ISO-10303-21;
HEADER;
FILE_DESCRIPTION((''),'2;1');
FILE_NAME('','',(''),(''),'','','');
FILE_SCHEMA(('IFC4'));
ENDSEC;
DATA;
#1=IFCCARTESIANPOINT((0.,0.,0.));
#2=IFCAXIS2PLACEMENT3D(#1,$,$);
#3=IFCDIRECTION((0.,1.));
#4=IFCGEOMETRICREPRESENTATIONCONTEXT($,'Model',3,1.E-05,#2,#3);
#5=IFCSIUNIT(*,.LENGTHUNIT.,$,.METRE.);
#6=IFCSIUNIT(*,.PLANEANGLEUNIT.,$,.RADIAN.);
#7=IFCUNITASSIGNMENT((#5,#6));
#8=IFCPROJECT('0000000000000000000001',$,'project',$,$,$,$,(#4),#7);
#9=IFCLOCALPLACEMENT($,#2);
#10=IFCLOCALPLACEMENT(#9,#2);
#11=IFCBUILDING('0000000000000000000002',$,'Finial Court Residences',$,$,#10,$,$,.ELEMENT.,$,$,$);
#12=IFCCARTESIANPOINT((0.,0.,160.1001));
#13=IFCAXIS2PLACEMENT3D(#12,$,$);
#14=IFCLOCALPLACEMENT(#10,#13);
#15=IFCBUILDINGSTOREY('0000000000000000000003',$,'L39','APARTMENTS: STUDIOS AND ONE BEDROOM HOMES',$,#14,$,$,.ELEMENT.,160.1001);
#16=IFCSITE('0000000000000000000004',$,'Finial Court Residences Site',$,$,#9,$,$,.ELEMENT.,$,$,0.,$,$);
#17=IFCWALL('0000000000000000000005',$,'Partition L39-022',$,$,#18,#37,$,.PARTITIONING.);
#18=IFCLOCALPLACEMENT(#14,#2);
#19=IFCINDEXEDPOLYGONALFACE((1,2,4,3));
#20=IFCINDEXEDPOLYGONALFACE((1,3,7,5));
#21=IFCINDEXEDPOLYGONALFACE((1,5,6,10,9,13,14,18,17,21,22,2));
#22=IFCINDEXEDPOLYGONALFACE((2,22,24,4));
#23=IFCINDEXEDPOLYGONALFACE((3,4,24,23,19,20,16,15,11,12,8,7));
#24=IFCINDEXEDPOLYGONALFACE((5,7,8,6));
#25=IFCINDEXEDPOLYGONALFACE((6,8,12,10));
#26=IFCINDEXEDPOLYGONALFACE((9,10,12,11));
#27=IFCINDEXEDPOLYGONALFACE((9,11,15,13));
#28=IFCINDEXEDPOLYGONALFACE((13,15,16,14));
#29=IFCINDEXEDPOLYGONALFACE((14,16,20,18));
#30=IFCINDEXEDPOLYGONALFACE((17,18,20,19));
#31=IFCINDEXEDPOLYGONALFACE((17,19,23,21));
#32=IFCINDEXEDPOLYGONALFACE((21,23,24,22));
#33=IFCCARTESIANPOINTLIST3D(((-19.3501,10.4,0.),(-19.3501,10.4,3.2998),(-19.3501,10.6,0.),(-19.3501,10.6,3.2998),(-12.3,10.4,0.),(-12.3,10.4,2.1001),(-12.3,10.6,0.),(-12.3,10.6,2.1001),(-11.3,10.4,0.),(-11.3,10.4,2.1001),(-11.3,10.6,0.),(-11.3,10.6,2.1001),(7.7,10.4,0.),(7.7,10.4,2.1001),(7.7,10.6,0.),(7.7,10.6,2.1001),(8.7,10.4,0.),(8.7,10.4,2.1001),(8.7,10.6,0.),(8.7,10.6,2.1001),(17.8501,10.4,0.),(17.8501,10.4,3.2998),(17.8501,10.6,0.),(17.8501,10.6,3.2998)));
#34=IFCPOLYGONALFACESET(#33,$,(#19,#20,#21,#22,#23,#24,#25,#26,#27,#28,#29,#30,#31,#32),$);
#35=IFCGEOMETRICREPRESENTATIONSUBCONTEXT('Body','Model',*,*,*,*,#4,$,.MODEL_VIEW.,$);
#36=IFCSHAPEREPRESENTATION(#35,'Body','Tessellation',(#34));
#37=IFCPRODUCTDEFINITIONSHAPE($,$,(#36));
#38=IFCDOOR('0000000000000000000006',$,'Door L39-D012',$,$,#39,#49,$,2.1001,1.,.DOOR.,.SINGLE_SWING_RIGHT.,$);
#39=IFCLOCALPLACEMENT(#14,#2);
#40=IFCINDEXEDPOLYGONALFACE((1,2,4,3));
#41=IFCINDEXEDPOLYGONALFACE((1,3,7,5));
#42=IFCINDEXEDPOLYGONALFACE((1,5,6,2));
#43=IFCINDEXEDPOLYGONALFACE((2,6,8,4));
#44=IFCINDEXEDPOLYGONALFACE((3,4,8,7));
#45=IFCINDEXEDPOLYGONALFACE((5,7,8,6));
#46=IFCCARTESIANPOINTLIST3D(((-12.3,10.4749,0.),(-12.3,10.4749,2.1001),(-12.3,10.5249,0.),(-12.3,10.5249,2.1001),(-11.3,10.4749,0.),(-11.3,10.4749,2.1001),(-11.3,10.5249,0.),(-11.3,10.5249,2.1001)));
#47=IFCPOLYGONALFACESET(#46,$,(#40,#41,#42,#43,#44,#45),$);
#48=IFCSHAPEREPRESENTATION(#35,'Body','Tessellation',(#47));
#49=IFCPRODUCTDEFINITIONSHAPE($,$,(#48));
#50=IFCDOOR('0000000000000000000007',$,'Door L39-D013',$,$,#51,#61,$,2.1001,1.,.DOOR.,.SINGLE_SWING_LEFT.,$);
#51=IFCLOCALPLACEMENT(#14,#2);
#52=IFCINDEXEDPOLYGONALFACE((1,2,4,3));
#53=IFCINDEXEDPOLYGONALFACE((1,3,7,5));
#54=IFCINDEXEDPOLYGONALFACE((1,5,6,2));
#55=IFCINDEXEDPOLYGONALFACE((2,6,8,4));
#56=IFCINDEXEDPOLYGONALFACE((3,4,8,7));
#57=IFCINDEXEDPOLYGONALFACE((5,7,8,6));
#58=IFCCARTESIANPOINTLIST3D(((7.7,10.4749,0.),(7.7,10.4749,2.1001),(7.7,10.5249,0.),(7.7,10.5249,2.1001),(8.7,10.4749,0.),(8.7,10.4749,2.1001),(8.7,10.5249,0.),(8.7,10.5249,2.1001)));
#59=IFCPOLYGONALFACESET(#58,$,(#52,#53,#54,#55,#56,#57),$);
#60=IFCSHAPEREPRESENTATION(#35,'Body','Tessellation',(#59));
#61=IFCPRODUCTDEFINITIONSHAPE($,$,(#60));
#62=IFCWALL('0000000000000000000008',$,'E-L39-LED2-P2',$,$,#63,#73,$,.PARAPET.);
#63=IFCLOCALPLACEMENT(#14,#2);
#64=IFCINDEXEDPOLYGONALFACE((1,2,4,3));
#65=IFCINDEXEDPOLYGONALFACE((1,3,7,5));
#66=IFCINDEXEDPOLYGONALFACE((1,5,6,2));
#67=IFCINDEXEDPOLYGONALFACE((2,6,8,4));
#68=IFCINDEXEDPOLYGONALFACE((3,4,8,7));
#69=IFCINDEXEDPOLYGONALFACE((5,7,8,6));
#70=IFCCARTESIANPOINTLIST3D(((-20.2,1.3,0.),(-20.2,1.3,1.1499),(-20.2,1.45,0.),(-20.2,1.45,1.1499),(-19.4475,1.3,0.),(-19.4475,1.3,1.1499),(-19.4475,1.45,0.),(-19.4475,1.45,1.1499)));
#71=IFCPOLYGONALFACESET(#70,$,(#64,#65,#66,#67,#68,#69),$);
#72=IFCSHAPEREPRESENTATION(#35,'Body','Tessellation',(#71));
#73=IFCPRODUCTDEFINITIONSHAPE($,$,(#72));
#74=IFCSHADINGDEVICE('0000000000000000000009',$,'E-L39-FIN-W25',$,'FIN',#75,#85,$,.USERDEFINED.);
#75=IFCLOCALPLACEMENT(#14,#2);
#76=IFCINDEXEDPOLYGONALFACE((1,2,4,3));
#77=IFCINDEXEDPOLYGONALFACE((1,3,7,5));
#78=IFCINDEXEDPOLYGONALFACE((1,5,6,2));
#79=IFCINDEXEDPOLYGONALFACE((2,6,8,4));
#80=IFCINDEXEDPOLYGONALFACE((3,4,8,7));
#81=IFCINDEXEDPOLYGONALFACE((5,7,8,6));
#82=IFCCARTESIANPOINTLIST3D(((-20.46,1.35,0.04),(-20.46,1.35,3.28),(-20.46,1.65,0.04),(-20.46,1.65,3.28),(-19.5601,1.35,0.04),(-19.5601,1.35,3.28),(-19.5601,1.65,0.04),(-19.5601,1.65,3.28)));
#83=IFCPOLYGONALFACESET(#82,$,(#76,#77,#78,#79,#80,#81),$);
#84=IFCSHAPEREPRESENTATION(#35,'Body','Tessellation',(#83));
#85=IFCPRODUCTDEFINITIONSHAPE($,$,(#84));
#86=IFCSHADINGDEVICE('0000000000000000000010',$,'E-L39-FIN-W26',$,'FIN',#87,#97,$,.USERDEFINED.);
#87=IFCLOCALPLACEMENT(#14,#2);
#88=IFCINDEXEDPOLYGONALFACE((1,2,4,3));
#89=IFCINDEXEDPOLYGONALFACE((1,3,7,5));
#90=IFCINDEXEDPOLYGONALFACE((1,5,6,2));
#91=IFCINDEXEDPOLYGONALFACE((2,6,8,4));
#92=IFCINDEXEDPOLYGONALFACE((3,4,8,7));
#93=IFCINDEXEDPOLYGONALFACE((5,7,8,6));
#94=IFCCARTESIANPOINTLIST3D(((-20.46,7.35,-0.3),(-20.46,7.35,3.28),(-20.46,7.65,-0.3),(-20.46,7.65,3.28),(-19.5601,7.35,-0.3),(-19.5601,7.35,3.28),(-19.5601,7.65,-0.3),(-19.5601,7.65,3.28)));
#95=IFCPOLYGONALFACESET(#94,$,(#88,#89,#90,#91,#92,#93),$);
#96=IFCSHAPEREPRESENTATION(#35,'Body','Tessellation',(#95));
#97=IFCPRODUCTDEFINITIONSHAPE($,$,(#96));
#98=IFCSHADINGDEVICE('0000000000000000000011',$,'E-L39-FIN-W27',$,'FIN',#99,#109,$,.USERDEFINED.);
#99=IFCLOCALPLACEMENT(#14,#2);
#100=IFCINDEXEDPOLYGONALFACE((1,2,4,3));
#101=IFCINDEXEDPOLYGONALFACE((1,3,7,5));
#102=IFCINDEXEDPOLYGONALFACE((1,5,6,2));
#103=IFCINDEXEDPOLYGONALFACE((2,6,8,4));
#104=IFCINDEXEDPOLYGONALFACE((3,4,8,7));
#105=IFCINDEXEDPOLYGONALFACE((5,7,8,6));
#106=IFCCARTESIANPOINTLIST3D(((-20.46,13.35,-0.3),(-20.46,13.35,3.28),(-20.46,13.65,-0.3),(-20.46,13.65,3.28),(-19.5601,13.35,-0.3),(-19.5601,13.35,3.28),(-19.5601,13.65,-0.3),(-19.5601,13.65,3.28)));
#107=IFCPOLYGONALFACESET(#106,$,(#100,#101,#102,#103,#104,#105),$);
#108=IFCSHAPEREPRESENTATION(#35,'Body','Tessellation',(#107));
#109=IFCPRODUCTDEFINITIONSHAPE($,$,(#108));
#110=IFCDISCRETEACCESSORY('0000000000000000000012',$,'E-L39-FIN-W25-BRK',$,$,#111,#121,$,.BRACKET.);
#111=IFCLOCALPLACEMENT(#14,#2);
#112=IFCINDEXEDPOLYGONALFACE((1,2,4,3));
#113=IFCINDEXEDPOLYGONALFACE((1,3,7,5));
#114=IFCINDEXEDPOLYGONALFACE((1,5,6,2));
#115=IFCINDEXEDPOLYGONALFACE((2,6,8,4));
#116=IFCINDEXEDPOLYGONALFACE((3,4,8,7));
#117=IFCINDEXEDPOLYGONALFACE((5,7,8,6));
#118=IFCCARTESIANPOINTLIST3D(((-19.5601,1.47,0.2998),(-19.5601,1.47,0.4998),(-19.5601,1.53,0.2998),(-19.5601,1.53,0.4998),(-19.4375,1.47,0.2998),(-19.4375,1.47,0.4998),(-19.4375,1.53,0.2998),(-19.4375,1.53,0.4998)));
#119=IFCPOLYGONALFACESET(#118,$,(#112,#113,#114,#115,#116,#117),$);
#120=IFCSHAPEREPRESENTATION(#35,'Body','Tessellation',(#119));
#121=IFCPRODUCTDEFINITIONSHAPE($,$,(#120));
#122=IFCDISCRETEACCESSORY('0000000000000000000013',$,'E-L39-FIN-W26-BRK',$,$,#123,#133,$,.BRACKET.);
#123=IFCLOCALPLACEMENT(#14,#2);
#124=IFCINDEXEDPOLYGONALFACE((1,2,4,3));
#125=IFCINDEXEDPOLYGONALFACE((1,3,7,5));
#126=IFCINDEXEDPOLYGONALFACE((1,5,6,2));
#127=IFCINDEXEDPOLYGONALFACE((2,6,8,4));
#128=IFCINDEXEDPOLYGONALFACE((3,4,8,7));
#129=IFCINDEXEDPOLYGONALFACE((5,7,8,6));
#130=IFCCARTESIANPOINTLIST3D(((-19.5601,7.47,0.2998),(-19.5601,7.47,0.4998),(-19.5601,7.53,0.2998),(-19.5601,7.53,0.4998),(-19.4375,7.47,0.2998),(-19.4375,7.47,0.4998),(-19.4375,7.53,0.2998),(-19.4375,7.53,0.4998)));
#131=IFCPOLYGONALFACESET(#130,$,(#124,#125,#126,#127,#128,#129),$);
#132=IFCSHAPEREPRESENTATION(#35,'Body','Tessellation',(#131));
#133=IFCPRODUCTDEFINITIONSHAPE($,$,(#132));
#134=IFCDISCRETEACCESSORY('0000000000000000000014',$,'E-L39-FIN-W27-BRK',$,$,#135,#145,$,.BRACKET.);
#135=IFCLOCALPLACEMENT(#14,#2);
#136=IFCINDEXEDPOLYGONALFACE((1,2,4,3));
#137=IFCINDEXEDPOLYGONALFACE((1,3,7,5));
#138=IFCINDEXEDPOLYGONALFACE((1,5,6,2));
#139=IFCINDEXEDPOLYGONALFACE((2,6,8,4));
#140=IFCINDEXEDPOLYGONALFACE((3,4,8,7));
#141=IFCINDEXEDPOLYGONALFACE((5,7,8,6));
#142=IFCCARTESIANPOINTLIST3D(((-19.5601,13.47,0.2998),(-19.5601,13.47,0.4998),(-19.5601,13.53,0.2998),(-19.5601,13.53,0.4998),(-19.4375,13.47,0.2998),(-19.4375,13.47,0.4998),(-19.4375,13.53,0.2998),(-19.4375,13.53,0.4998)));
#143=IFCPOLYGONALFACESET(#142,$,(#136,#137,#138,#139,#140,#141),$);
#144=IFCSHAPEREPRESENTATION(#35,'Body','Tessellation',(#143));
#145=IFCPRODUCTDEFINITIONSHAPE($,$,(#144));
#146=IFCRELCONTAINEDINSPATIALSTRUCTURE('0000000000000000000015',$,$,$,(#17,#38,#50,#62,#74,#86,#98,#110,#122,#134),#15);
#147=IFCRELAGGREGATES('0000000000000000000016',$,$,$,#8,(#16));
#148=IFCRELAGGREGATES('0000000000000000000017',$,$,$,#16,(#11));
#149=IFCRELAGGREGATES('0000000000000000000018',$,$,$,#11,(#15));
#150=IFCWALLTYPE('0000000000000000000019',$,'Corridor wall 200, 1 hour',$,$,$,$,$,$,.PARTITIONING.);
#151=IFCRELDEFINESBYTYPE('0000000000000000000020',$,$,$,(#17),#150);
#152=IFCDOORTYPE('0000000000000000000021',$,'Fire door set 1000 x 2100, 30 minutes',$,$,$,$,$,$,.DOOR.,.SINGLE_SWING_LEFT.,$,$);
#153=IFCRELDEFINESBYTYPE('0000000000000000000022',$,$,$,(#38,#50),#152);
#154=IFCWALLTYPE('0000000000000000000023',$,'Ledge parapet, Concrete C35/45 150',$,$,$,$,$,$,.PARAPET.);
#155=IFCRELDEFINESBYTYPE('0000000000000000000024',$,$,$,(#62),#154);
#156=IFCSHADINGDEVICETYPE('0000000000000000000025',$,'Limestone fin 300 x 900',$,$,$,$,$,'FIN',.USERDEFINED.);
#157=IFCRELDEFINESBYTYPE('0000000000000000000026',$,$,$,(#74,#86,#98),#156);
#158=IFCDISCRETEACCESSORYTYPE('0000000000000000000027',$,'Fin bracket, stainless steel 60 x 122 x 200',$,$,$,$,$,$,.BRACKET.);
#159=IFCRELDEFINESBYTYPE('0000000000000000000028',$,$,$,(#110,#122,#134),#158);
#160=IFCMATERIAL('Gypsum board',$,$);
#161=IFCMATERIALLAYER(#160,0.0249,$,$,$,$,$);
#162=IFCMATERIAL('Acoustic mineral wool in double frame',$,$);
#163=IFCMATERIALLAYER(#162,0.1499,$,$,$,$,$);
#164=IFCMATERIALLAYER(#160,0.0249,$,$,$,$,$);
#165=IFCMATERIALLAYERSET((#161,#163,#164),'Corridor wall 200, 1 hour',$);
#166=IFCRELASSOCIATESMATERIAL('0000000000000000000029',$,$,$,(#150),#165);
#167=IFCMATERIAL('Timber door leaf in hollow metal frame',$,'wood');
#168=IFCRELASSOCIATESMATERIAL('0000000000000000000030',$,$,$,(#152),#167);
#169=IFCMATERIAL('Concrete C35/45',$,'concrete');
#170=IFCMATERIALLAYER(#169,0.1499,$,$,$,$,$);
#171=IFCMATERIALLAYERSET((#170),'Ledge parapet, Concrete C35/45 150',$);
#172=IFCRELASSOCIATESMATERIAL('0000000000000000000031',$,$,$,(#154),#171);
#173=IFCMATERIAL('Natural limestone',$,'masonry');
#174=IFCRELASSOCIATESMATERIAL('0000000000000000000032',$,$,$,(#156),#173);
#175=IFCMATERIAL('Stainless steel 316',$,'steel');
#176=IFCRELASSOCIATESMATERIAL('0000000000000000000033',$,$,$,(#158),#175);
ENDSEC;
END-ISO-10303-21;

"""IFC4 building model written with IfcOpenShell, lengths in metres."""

from ifc_helpers import new_model, si_unit, direction, frame, frame_2d, origin, origin_2d, place, context, subcontext, project, spatial, rectangle, extrude, material, layer, layer_set, type_object, element, fill, save


model = new_model("IFC4")

# Units and contexts
model_context = context("Model", 3, precision=1e-05, world=origin(), true_north=direction((0.0, 1.0)))
body_context = subcontext(model_context, "Body", "Model", "MODEL_VIEW")
ifc_project = project(units=[si_unit("LENGTHUNIT", "METRE"), si_unit("PLANEANGLEUNIT", "RADIAN")], contexts=[model_context])

# Site, building, storey
site_placement = place(None, origin())
site = spatial("IfcSite", under=ifc_project, at=site_placement, Name="Finial Court Residences Site", CompositionType="ELEMENT", RefElevation=0.0)
building_placement = place(site_placement, origin())
building = spatial("IfcBuilding", under=site, at=building_placement, Name="Finial Court Residences", CompositionType="ELEMENT")
storey_placement = place(building_placement, frame((0.0, 0.0, 160.1001)))
storey = spatial("IfcBuildingStorey", under=building, at=storey_placement, Name="L39", Description="APARTMENTS: STUDIOS AND ONE BEDROOM HOMES", CompositionType="ELEMENT", Elevation=160.1001)

# Shared definitions
ifc_material_1 = material(Name="Gypsum board")
ifc_material_2 = material(Name="Acoustic mineral wool in double frame")

# Wall, openings, doors
ifc_layer_1 = layer(ifc_material_1, 0.0249)
ifc_layer_2 = layer(ifc_material_2, 0.1499)
ifc_layer_3 = layer(ifc_material_1, 0.0249)
ifc_layer_set_1 = layer_set([ifc_layer_1, ifc_layer_2, ifc_layer_3], Name="Corridor wall 200, 1 hour")
wall_type_1 = type_object("IfcWallType", Name="Corridor wall 200, 1 hour", PredefinedType="PARTITIONING", material=ifc_layer_set_1)
wall_1_placement = place(storey_placement, frame((-19.3501, 10.5, 0.0), z_axis=(0.0, 0.0, 1.0), x_axis=(1.0, 0.0, 0.0)))
wall_1 = element("IfcWall", 1, at=wall_1_placement, inside=storey, type_object=wall_type_1, Name="Partition L39-022", PredefinedType="PARTITIONING", context=body_context, shape_type="SweptSolid", body=[
    extrude(rectangle(XDim=37.2002, YDim=0.2, at=frame_2d((18.6001, 0.0))), origin(), (0.0, 0.0, 1.0), 3.2998),
])
opening_1_placement = place(wall_1_placement, frame((7.05, 0.0, 0.0)))
opening_1 = element("IfcOpeningElement", 2, at=opening_1_placement, cuts=wall_1, PredefinedType="OPENING", context=body_context, shape_type="SweptSolid", body=[
    extrude(rectangle(XDim=1.0, YDim=2.1001, at=frame_2d((0.5, 1.05))), frame((0.0, 0.1099, 0.0), z_axis=(0.0, -1.0, 0.0), x_axis=(1.0, 0.0, 0.0)), (0.0, 0.0, 1.0), 0.22),
])
opening_2_placement = place(wall_1_placement, frame((27.05, 0.0, 0.0)))
opening_2 = element("IfcOpeningElement", 3, at=opening_2_placement, cuts=wall_1, PredefinedType="OPENING", context=body_context, shape_type="SweptSolid", body=[
    extrude(rectangle(XDim=1.0, YDim=2.1001, at=frame_2d((0.5, 1.05))), frame((0.0, 0.1099, 0.0), z_axis=(0.0, -1.0, 0.0), x_axis=(1.0, 0.0, 0.0)), (0.0, 0.0, 1.0), 0.22),
])
ifc_material_3 = material(Name="Timber door leaf in hollow metal frame", Category="wood")
door_type = type_object("IfcDoorType", Name="Fire door set 1000 x 2100, 30 minutes", OperationType="SINGLE_SWING_LEFT", PredefinedType="DOOR", material=ifc_material_3)
door_1_placement = place(opening_1_placement, origin())
door_1 = element("IfcDoor", 4, at=door_1_placement, inside=storey, type_object=door_type, Name="Door L39-D012", OperationType="SINGLE_SWING_RIGHT", OverallHeight=2.1001, OverallWidth=1.0, PredefinedType="DOOR", context=body_context, shape_type="SweptSolid", body=[
    extrude(rectangle(XDim=1.0, YDim=2.1001, at=frame_2d((0.5, 1.05))), frame((0.0, 0.0249, 0.0), z_axis=(0.0, -1.0, 0.0), x_axis=(1.0, 0.0, 0.0)), (0.0, 0.0, 1.0), 0.05),
])
fill(opening_1, door_1)
door_2_placement = place(opening_2_placement, origin())
door_2 = element("IfcDoor", 5, at=door_2_placement, inside=storey, type_object=door_type, Name="Door L39-D013", OperationType="SINGLE_SWING_LEFT", OverallHeight=2.1001, OverallWidth=1.0, PredefinedType="DOOR", context=body_context, shape_type="SweptSolid", body=[
    extrude(rectangle(XDim=1.0, YDim=2.1001, at=frame_2d((0.5, 1.05))), frame((0.0, 0.0249, 0.0), z_axis=(0.0, -1.0, 0.0), x_axis=(1.0, 0.0, 0.0)), (0.0, 0.0, 1.0), 0.05),
])
fill(opening_2, door_2)

# Wall
ifc_material_4 = material(Name="Concrete C35/45", Category="concrete")
ifc_layer_4 = layer(ifc_material_4, 0.1499)
ifc_layer_set_2 = layer_set([ifc_layer_4], Name="Ledge parapet, Concrete C35/45 150")
wall_type_2 = type_object("IfcWallType", Name="Ledge parapet, Concrete C35/45 150", PredefinedType="PARAPET", material=ifc_layer_set_2)
wall_2_placement = place(storey_placement, frame((-20.2, 1.375, 0.0), z_axis=(0.0, 0.0, 1.0), x_axis=(1.0, 0.0, 0.0)))
element("IfcWall", 6, at=wall_2_placement, inside=storey, type_object=wall_type_2, Name="E-L39-LED2-P2", PredefinedType="PARAPET", context=body_context, shape_type="SweptSolid", body=[
    extrude(rectangle(XDim=0.7524, YDim=0.1499, at=frame_2d((0.3762, 0.0))), origin(), (0.0, 0.0, 1.0), 1.1499),
])

# Shading devices
ifc_material_5 = material(Name="Natural limestone", Category="masonry")
shading_device_type = type_object("IfcShadingDeviceType", Name="Limestone fin 300 x 900", ElementType="FIN", PredefinedType="USERDEFINED", material=ifc_material_5)
shading_device_placement = place(storey_placement, frame((-20.01, 1.5, 0.04), z_axis=(0.0, 0.0, 1.0), x_axis=(1.0, 0.0, 0.0)))
element("IfcShadingDevice", 7, at=shading_device_placement, inside=storey, type_object=shading_device_type, Name="E-L39-FIN-W25", ObjectType="FIN", PredefinedType="USERDEFINED", context=body_context, shape_type="SweptSolid", body=[
    extrude(rectangle(XDim=0.8999, YDim=0.3, at=origin_2d()), origin(), (0.0, 0.0, 1.0), 3.24),
])
for number, where, z_axis, x_axis, name in (
    (8, (-20.01, 7.5, -0.3), (0.0, 0.0, 1.0), (1.0, 0.0, 0.0), "E-L39-FIN-W26"),
    (9, (-20.01, 13.5, -0.3), (0.0, 0.0, 1.0), (1.0, 0.0, 0.0), "E-L39-FIN-W27"),
):
    element("IfcShadingDevice", number, at=place(storey_placement, frame(where, z_axis=z_axis, x_axis=x_axis)), inside=storey, type_object=shading_device_type, Name=name, ObjectType="FIN", PredefinedType="USERDEFINED", context=body_context, shape_type="SweptSolid", body=[
        extrude(rectangle(XDim=0.8999, YDim=0.3, at=origin_2d()), origin(), (0.0, 0.0, 1.0), 3.5801),
    ])

# Discrete accessories
ifc_material_6 = material(Name="Stainless steel 316", Category="steel")
discrete_accessory_type = type_object("IfcDiscreteAccessoryType", Name="Fin bracket, stainless steel 60 x 122 x 200", PredefinedType="BRACKET", material=ifc_material_6)
for number, where, z_axis, x_axis, name in (
    (10, (-19.4988, 1.5, 0.2998), (0.0, 0.0, 1.0), (1.0, 0.0, 0.0), "E-L39-FIN-W25-BRK"),
    (11, (-19.4988, 7.5, 0.2998), (0.0, 0.0, 1.0), (1.0, 0.0, 0.0), "E-L39-FIN-W26-BRK"),
    (12, (-19.4988, 13.5, 0.2998), (0.0, 0.0, 1.0), (1.0, 0.0, 0.0), "E-L39-FIN-W27-BRK"),
):
    element("IfcDiscreteAccessory", number, at=place(storey_placement, frame(where, z_axis=z_axis, x_axis=x_axis)), inside=storey, type_object=discrete_accessory_type, Name=name, PredefinedType="BRACKET", context=body_context, shape_type="SweptSolid", body=[
        extrude(rectangle(XDim=0.1226, YDim=0.0601, at=origin_2d()), origin(), (0.0, 0.0, 1.0), 0.2),
    ])

save(model, "model.ifc")
